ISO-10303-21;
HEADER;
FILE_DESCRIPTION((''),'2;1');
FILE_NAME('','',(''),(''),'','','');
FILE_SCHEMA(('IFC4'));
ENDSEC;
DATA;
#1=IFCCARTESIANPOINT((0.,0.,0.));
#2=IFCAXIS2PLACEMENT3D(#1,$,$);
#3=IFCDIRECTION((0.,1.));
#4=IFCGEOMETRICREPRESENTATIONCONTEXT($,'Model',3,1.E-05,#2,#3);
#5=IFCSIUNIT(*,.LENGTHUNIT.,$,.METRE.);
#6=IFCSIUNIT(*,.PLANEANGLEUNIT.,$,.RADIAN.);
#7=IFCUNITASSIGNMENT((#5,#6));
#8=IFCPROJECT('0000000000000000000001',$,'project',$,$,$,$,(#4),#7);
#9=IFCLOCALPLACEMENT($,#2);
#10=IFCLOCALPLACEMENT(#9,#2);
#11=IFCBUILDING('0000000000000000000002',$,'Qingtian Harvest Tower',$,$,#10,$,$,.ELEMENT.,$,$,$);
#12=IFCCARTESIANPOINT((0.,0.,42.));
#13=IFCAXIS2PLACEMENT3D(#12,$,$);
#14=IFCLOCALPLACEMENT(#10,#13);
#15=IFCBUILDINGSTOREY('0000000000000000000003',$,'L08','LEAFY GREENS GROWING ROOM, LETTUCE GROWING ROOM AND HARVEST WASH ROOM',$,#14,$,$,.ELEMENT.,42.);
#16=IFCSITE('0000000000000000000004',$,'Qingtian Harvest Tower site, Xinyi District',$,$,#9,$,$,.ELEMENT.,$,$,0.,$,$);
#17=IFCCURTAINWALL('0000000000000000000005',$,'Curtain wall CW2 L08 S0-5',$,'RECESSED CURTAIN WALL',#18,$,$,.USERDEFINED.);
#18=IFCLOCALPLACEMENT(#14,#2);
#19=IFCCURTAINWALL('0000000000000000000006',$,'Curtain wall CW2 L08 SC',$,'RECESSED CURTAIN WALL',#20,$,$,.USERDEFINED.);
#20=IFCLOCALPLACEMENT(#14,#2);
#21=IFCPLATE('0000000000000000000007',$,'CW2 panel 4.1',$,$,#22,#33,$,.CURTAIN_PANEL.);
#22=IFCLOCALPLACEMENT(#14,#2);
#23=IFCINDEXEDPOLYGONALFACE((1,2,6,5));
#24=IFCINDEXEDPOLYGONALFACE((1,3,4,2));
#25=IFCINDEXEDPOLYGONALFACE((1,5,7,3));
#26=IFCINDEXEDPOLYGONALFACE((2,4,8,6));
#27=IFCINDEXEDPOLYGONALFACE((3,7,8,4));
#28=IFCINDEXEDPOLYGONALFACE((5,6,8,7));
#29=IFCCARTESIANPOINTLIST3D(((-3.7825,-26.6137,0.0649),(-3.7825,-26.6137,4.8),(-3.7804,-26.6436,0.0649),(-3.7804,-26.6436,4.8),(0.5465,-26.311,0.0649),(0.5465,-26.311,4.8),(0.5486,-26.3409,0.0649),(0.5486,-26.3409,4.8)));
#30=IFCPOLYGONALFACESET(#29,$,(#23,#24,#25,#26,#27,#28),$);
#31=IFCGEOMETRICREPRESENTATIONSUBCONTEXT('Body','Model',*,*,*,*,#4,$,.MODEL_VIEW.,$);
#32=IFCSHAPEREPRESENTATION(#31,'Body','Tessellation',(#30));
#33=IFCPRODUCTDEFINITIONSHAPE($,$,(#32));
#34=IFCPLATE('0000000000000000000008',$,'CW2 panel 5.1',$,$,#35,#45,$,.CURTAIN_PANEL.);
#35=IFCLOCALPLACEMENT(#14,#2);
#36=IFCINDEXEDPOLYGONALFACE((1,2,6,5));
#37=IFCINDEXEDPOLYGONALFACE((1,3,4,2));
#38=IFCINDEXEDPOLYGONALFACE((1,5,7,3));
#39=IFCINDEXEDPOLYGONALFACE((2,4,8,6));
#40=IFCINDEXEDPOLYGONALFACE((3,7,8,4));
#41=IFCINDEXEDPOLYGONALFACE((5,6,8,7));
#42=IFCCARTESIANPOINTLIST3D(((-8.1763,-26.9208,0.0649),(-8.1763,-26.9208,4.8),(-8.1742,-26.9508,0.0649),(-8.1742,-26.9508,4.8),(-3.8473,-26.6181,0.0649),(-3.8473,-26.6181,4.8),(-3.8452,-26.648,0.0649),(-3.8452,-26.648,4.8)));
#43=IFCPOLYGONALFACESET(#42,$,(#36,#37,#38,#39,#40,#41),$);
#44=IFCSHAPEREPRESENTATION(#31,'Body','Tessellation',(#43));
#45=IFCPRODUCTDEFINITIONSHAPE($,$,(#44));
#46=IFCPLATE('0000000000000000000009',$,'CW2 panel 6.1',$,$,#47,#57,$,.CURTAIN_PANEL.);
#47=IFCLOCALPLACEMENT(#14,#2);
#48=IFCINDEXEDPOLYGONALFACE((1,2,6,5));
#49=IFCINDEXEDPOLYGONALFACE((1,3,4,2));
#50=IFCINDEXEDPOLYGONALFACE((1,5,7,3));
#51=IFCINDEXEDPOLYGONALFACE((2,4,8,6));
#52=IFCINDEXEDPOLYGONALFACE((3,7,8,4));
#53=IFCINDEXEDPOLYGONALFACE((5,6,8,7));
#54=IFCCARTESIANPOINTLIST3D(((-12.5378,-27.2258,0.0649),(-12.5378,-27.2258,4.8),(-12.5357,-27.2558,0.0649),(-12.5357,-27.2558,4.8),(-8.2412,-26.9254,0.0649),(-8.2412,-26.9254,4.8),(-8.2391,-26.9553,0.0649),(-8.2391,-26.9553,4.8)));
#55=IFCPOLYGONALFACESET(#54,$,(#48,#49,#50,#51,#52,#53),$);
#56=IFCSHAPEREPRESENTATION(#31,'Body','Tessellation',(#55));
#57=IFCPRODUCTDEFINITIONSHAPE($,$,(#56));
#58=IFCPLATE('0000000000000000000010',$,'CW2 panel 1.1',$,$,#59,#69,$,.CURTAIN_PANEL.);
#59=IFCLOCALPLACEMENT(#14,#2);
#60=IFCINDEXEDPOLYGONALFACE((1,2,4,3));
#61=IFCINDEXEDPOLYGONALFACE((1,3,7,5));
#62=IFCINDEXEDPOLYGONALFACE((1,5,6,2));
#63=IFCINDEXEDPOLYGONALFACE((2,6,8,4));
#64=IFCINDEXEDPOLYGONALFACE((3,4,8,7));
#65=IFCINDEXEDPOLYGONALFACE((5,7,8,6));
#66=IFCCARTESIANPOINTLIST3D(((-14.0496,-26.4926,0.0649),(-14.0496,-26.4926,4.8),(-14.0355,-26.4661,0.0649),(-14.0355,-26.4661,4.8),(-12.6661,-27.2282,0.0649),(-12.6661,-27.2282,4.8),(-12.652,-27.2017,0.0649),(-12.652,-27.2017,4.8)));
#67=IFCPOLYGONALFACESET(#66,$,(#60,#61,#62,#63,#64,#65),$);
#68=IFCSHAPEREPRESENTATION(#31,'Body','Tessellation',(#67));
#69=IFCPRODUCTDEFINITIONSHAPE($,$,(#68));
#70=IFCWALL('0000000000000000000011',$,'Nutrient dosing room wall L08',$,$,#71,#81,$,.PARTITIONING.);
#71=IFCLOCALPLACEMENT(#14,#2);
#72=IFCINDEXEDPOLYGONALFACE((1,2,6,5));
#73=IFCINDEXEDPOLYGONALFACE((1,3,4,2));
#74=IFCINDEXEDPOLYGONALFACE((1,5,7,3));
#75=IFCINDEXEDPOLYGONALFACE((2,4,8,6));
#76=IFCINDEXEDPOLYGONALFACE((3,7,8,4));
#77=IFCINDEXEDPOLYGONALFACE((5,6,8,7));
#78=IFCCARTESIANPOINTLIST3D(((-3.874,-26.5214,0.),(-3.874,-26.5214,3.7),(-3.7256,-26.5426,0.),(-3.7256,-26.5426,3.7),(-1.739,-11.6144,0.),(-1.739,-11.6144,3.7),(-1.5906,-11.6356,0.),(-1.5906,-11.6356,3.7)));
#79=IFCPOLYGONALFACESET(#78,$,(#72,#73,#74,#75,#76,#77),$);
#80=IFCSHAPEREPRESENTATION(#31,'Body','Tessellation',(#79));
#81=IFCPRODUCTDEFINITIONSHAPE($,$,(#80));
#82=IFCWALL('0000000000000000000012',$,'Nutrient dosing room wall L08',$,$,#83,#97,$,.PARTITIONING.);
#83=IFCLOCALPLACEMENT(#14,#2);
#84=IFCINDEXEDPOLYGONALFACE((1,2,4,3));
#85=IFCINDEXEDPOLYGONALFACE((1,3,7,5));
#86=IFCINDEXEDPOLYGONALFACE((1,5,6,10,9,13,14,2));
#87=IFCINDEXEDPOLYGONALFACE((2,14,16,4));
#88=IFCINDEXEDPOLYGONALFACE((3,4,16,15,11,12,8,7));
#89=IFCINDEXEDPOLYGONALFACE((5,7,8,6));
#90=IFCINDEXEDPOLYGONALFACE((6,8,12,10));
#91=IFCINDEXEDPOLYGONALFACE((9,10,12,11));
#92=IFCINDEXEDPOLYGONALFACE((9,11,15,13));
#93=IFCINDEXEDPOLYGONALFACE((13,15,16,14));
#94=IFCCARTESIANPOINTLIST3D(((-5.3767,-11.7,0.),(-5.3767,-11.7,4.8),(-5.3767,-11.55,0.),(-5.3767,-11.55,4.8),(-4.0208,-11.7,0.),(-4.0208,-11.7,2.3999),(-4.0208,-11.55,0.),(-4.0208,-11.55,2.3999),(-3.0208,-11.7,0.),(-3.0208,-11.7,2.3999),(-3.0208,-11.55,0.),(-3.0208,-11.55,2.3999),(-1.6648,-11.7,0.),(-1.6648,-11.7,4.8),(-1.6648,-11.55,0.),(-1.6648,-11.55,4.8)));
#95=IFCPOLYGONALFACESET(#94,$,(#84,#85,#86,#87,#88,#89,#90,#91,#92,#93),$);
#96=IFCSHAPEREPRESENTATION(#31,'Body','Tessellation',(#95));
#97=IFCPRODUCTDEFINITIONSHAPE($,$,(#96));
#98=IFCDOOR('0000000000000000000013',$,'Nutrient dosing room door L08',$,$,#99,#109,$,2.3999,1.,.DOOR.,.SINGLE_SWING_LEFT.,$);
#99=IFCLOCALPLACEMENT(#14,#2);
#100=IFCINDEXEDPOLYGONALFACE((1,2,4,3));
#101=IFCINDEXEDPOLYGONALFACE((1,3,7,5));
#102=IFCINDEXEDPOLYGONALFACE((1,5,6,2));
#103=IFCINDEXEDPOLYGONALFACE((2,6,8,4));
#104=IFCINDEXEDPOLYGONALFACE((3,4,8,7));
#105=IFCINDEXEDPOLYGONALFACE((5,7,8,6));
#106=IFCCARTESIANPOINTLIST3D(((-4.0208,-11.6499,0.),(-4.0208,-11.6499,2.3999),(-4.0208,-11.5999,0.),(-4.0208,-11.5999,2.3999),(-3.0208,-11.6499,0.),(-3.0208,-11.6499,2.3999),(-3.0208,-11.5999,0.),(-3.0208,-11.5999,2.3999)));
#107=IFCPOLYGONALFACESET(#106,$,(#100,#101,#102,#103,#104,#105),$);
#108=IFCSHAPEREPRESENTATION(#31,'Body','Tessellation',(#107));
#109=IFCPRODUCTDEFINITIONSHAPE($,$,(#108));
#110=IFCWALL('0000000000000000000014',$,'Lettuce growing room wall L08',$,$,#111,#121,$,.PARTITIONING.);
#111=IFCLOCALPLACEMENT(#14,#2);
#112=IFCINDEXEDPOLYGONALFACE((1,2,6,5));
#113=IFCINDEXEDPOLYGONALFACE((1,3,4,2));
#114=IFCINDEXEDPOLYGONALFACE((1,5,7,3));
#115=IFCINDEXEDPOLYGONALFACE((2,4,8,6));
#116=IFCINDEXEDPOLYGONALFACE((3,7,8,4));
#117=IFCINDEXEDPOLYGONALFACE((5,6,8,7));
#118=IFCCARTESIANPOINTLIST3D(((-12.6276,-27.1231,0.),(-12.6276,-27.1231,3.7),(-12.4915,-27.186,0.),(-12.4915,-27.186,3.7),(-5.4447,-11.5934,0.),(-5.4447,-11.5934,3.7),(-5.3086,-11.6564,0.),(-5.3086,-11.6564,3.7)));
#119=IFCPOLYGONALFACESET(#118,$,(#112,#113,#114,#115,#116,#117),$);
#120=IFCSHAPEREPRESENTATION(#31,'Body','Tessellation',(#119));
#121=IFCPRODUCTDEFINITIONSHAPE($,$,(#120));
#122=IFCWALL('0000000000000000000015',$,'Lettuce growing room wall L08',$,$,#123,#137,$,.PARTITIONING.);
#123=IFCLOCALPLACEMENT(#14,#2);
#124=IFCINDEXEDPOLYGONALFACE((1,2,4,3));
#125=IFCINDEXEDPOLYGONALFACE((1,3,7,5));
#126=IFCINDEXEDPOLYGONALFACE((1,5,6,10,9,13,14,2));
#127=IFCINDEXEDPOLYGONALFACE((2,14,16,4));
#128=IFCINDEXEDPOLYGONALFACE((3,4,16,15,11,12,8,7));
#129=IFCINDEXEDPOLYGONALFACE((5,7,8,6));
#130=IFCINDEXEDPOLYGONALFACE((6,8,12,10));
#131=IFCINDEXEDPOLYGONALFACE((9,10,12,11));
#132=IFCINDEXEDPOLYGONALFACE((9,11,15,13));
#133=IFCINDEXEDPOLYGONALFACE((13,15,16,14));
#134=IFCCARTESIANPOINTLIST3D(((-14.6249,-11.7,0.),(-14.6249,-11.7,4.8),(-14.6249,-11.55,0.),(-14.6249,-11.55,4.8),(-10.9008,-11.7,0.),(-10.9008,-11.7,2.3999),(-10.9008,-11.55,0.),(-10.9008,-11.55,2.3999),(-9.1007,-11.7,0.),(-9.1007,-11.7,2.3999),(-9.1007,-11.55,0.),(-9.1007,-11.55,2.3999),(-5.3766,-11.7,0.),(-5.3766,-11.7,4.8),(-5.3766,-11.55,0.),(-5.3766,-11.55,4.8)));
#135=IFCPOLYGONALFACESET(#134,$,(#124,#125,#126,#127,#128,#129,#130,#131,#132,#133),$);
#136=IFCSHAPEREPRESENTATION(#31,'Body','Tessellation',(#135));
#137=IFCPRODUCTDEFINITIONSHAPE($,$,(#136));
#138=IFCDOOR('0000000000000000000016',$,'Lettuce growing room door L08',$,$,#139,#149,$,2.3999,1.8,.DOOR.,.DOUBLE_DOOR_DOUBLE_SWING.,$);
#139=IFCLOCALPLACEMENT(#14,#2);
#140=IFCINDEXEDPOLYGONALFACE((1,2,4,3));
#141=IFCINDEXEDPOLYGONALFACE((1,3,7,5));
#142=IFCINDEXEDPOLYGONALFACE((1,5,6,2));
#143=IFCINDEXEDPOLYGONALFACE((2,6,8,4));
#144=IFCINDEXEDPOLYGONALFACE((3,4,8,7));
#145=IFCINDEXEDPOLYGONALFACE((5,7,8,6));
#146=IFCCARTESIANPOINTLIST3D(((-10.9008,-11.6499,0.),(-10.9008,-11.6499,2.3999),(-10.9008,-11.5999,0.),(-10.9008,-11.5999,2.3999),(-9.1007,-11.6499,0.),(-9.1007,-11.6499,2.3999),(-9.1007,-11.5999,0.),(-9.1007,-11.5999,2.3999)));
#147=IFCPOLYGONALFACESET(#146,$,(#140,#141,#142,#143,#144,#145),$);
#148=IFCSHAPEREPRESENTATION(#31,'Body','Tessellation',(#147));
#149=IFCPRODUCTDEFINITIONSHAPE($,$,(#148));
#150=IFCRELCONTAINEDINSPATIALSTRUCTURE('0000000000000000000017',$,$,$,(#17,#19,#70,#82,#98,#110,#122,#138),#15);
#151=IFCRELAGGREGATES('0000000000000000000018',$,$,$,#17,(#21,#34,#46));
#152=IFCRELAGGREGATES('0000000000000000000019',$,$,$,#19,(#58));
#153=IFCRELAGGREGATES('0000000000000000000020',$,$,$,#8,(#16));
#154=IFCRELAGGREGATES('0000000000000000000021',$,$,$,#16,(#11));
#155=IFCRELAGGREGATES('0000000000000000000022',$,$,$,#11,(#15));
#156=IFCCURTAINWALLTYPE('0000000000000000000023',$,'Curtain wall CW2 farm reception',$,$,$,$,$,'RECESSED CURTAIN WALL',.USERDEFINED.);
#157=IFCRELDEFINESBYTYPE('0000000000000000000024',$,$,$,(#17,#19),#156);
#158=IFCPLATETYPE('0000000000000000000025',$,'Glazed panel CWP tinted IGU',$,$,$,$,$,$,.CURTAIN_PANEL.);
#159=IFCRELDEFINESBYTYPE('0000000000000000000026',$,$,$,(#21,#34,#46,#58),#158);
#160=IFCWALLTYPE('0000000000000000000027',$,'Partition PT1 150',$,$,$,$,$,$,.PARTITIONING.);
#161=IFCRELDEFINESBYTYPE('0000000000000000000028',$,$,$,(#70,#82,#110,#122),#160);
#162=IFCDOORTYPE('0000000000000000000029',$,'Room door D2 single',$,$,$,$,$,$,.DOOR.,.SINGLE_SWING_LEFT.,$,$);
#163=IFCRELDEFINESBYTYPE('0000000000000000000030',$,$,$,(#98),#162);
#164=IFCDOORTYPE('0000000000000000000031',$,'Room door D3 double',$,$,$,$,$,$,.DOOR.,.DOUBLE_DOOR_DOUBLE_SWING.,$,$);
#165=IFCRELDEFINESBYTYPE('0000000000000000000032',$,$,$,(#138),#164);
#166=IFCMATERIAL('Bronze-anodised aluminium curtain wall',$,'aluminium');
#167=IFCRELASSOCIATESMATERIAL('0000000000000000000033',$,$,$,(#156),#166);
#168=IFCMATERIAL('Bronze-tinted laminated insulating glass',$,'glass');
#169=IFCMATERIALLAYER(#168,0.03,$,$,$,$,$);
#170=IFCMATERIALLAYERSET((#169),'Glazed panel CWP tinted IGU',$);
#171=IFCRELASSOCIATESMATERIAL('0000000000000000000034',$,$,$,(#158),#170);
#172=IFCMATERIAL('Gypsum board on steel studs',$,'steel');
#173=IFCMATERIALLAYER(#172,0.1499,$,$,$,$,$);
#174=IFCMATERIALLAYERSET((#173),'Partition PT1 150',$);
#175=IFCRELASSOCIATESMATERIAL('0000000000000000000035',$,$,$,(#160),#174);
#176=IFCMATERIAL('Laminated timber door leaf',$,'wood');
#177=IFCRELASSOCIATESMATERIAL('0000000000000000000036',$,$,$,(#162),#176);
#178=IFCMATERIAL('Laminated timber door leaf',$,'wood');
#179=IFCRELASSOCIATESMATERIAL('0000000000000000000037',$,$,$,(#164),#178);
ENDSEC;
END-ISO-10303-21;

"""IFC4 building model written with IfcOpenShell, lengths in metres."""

from ifc_helpers import new_model, si_unit, direction, frame, frame_2d, origin, origin_2d, place, context, subcontext, project, spatial, rectangle, extrude, material, layer, layer_set, type_object, element, fill, aggregate, save


model = new_model("IFC4")

# Units and contexts
model_context = context("Model", 3, precision=1e-05, world=origin(), true_north=direction((0.0, 1.0)))
body_context = subcontext(model_context, "Body", "Model", "MODEL_VIEW")
ifc_project = project(units=[si_unit("LENGTHUNIT", "METRE"), si_unit("PLANEANGLEUNIT", "RADIAN")], contexts=[model_context])

# Site, building, storey
site_placement = place(None, origin())
site = spatial("IfcSite", under=ifc_project, at=site_placement, Name="Qingtian Harvest Tower site, Xinyi District", CompositionType="ELEMENT", RefElevation=0.0)
building_placement = place(site_placement, origin())
building = spatial("IfcBuilding", under=site, at=building_placement, Name="Qingtian Harvest Tower", CompositionType="ELEMENT")
storey_placement = place(building_placement, frame((0.0, 0.0, 42.0)))
storey = spatial("IfcBuildingStorey", under=building, at=storey_placement, Name="L08", Description="LEAFY GREENS GROWING ROOM, LETTUCE GROWING ROOM AND HARVEST WASH ROOM", CompositionType="ELEMENT", Elevation=42.0)

# Curtain walls
ifc_material_1 = material(Name="Bronze-anodised aluminium curtain wall", Category="aluminium")
curtain_wall_type = type_object("IfcCurtainWallType", Name="Curtain wall CW2 farm reception", ElementType="RECESSED CURTAIN WALL", PredefinedType="USERDEFINED", material=ifc_material_1)
curtain_wall_1_placement = place(storey_placement, origin())
curtain_wall_1 = element("IfcCurtainWall", 1, at=curtain_wall_1_placement, inside=storey, type_object=curtain_wall_type, Name="Curtain wall CW2 L08 S0-5", ObjectType="RECESSED CURTAIN WALL", PredefinedType="USERDEFINED")
curtain_wall_2_placement = place(storey_placement, origin())
curtain_wall_2 = element("IfcCurtainWall", 2, at=curtain_wall_2_placement, inside=storey, type_object=curtain_wall_type, Name="Curtain wall CW2 L08 SC", ObjectType="RECESSED CURTAIN WALL", PredefinedType="USERDEFINED")

# Plates
ifc_material_2 = material(Name="Bronze-tinted laminated insulating glass", Category="glass")
ifc_layer_1 = layer(ifc_material_2, 0.03)
ifc_layer_set_1 = layer_set([ifc_layer_1], Name="Glazed panel CWP tinted IGU")
plate_type = type_object("IfcPlateType", Name="Glazed panel CWP tinted IGU", PredefinedType="CURTAIN_PANEL", material=ifc_layer_set_1)
plate_1_placement = place(storey_placement, frame((-1.6169, -26.4773, 0.0649), z_axis=(0.0, 0.0, 1.0), x_axis=(-0.997564, -0.069756, 0.0)))
plate_1 = element("IfcPlate", 3, at=plate_1_placement, type_object=plate_type, Name="CW2 panel 4.1", PredefinedType="CURTAIN_PANEL", context=body_context, shape_type="SweptSolid", body=[
    extrude(rectangle(XDim=4.3396, YDim=0.03, at=origin_2d()), origin(), (0.0, 0.0, 1.0), 4.7351),
])
plate_2_placement = place(storey_placement, frame((-6.0107, -26.7844, 0.0649), z_axis=(0.0, 0.0, 1.0), x_axis=(-0.997564, -0.069756, 0.0)))
plate_2 = element("IfcPlate", 4, at=plate_2_placement, type_object=plate_type, Name="CW2 panel 5.1", PredefinedType="CURTAIN_PANEL", context=body_context, shape_type="SweptSolid", body=[
    extrude(rectangle(XDim=4.3396, YDim=0.03, at=origin_2d()), origin(), (0.0, 0.0, 1.0), 4.7351),
])
plate_3_placement = place(storey_placement, frame((-10.3884, -27.0906, 0.0649), z_axis=(0.0, 0.0, 1.0), x_axis=(-0.997564, -0.069756, 0.0)))
plate_3 = element("IfcPlate", 5, at=plate_3_placement, type_object=plate_type, Name="CW2 panel 6.1", PredefinedType="CURTAIN_PANEL", context=body_context, shape_type="SweptSolid", body=[
    extrude(rectangle(XDim=4.3071, YDim=0.03, at=origin_2d()), origin(), (0.0, 0.0, 1.0), 4.7351),
])
aggregate(curtain_wall_1, [plate_1, plate_2, plate_3])
plate_4_placement = place(storey_placement, frame((-13.3508, -26.8472, 0.0649), z_axis=(0.0, 0.0, 1.0), x_axis=(-0.882948, 0.469472, 0.0)))
plate_4 = element("IfcPlate", 6, at=plate_4_placement, type_object=plate_type, Name="CW2 panel 1.1", PredefinedType="CURTAIN_PANEL", context=body_context, shape_type="SweptSolid", body=[
    extrude(rectangle(XDim=1.5669, YDim=0.03, at=origin_2d()), origin(), (0.0, 0.0, 1.0), 4.7351),
])
aggregate(curtain_wall_2, [plate_4])

# Wall
ifc_material_3 = material(Name="Gypsum board on steel studs", Category="steel")
ifc_layer_2 = layer(ifc_material_3, 0.1499)
ifc_layer_set_2 = layer_set([ifc_layer_2], Name="Partition PT1 150")
wall_type = type_object("IfcWallType", Name="Partition PT1 150", PredefinedType="PARTITIONING", material=ifc_layer_set_2)
wall_1_placement = place(storey_placement, frame((-3.7998, -26.532, 0.0), z_axis=(0.0, 0.0, 1.0), x_axis=(0.141775, 0.989899, 0.0)))
element("IfcWall", 7, at=wall_1_placement, inside=storey, type_object=wall_type, Name="Nutrient dosing room wall L08", PredefinedType="PARTITIONING", context=body_context, shape_type="SweptSolid", body=[
    extrude(rectangle(XDim=15.0591, YDim=0.1499, at=frame_2d((7.5295, 0.0))), origin(), (0.0, 0.0, 1.0), 3.7),
])

# Wall, opening, door
wall_2_placement = place(storey_placement, frame((-1.6648, -11.625, 0.0), z_axis=(0.0, 0.0, 1.0), x_axis=(-1.0, 0.0, 0.0)))
wall_2 = element("IfcWall", 8, at=wall_2_placement, inside=storey, type_object=wall_type, Name="Nutrient dosing room wall L08", PredefinedType="PARTITIONING", context=body_context, shape_type="SweptSolid", body=[
    extrude(rectangle(XDim=3.7119, YDim=0.1499, at=frame_2d((1.856, 0.0))), origin(), (0.0, 0.0, 1.0), 4.8),
])
opening_1_placement = place(wall_2_placement, frame((1.356, 0.0, 0.0)))
opening_1 = element("IfcOpeningElement", 9, at=opening_1_placement, cuts=wall_2, PredefinedType="OPENING", context=body_context, shape_type="SweptSolid", body=[
    extrude(rectangle(XDim=1.0, YDim=2.3999, at=frame_2d((0.5, 1.2))), frame((0.0, 0.085, 0.0), z_axis=(0.0, -1.0, 0.0), x_axis=(1.0, 0.0, 0.0)), (0.0, 0.0, 1.0), 0.1699),
])
ifc_material_4 = material(Name="Laminated timber door leaf", Category="wood")
door_type_1 = type_object("IfcDoorType", Name="Room door D2 single", OperationType="SINGLE_SWING_LEFT", PredefinedType="DOOR", material=ifc_material_4)
door_1_placement = place(opening_1_placement, origin())
door_1 = element("IfcDoor", 10, at=door_1_placement, inside=storey, type_object=door_type_1, Name="Nutrient dosing room door L08", OperationType="SINGLE_SWING_LEFT", OverallHeight=2.3999, OverallWidth=1.0, PredefinedType="DOOR", context=body_context, shape_type="SweptSolid", body=[
    extrude(rectangle(XDim=1.0, YDim=2.3999, at=frame_2d((0.5, 1.2))), frame((0.0, 0.0249, 0.0), z_axis=(0.0, -1.0, 0.0), x_axis=(1.0, 0.0, 0.0)), (0.0, 0.0, 1.0), 0.05),
])
fill(opening_1, door_1)

# Wall
wall_3_placement = place(storey_placement, frame((-12.5596, -27.1545, 0.0), z_axis=(0.0, 0.0, 1.0), x_axis=(0.419799, 0.907617, 0.0)))
element("IfcWall", 11, at=wall_3_placement, inside=storey, type_object=wall_type, Name="Lettuce growing room wall L08", PredefinedType="PARTITIONING", context=body_context, shape_type="SweptSolid", body=[
    extrude(rectangle(XDim=17.1104, YDim=0.1499, at=frame_2d((8.5552, 0.0))), origin(), (0.0, 0.0, 1.0), 3.7),
])

# Wall, opening, door
wall_4_placement = place(storey_placement, frame((-5.3767, -11.625, 0.0), z_axis=(0.0, 0.0, 1.0), x_axis=(-1.0, 0.0, 0.0)))
wall_4 = element("IfcWall", 12, at=wall_4_placement, inside=storey, type_object=wall_type, Name="Lettuce growing room wall L08", PredefinedType="PARTITIONING", context=body_context, shape_type="SweptSolid", body=[
    extrude(rectangle(XDim=9.2483, YDim=0.1499, at=frame_2d((4.624, 0.0))), origin(), (0.0, 0.0, 1.0), 4.8),
])
opening_2_placement = place(wall_4_placement, frame((3.7241, 0.0, 0.0)))
opening_2 = element("IfcOpeningElement", 13, at=opening_2_placement, cuts=wall_4, PredefinedType="OPENING", context=body_context, shape_type="SweptSolid", body=[
    extrude(rectangle(XDim=1.8, YDim=2.3999, at=frame_2d((0.8999, 1.2))), frame((0.0, 0.085, 0.0), z_axis=(0.0, -1.0, 0.0), x_axis=(1.0, 0.0, 0.0)), (0.0, 0.0, 1.0), 0.1699),
])
ifc_material_5 = material(Name="Laminated timber door leaf", Category="wood")
door_type_2 = type_object("IfcDoorType", Name="Room door D3 double", OperationType="DOUBLE_DOOR_DOUBLE_SWING", PredefinedType="DOOR", material=ifc_material_5)
door_2_placement = place(opening_2_placement, origin())
door_2 = element("IfcDoor", 14, at=door_2_placement, inside=storey, type_object=door_type_2, Name="Lettuce growing room door L08", OperationType="DOUBLE_DOOR_DOUBLE_SWING", OverallHeight=2.3999, OverallWidth=1.8, PredefinedType="DOOR", context=body_context, shape_type="SweptSolid", body=[
    extrude(rectangle(XDim=1.8, YDim=2.3999, at=frame_2d((0.8999, 1.2))), frame((0.0, 0.0249, 0.0), z_axis=(0.0, -1.0, 0.0), x_axis=(1.0, 0.0, 0.0)), (0.0, 0.0, 1.0), 0.05),
])
fill(opening_2, door_2)

save(model, "model.ifc")
